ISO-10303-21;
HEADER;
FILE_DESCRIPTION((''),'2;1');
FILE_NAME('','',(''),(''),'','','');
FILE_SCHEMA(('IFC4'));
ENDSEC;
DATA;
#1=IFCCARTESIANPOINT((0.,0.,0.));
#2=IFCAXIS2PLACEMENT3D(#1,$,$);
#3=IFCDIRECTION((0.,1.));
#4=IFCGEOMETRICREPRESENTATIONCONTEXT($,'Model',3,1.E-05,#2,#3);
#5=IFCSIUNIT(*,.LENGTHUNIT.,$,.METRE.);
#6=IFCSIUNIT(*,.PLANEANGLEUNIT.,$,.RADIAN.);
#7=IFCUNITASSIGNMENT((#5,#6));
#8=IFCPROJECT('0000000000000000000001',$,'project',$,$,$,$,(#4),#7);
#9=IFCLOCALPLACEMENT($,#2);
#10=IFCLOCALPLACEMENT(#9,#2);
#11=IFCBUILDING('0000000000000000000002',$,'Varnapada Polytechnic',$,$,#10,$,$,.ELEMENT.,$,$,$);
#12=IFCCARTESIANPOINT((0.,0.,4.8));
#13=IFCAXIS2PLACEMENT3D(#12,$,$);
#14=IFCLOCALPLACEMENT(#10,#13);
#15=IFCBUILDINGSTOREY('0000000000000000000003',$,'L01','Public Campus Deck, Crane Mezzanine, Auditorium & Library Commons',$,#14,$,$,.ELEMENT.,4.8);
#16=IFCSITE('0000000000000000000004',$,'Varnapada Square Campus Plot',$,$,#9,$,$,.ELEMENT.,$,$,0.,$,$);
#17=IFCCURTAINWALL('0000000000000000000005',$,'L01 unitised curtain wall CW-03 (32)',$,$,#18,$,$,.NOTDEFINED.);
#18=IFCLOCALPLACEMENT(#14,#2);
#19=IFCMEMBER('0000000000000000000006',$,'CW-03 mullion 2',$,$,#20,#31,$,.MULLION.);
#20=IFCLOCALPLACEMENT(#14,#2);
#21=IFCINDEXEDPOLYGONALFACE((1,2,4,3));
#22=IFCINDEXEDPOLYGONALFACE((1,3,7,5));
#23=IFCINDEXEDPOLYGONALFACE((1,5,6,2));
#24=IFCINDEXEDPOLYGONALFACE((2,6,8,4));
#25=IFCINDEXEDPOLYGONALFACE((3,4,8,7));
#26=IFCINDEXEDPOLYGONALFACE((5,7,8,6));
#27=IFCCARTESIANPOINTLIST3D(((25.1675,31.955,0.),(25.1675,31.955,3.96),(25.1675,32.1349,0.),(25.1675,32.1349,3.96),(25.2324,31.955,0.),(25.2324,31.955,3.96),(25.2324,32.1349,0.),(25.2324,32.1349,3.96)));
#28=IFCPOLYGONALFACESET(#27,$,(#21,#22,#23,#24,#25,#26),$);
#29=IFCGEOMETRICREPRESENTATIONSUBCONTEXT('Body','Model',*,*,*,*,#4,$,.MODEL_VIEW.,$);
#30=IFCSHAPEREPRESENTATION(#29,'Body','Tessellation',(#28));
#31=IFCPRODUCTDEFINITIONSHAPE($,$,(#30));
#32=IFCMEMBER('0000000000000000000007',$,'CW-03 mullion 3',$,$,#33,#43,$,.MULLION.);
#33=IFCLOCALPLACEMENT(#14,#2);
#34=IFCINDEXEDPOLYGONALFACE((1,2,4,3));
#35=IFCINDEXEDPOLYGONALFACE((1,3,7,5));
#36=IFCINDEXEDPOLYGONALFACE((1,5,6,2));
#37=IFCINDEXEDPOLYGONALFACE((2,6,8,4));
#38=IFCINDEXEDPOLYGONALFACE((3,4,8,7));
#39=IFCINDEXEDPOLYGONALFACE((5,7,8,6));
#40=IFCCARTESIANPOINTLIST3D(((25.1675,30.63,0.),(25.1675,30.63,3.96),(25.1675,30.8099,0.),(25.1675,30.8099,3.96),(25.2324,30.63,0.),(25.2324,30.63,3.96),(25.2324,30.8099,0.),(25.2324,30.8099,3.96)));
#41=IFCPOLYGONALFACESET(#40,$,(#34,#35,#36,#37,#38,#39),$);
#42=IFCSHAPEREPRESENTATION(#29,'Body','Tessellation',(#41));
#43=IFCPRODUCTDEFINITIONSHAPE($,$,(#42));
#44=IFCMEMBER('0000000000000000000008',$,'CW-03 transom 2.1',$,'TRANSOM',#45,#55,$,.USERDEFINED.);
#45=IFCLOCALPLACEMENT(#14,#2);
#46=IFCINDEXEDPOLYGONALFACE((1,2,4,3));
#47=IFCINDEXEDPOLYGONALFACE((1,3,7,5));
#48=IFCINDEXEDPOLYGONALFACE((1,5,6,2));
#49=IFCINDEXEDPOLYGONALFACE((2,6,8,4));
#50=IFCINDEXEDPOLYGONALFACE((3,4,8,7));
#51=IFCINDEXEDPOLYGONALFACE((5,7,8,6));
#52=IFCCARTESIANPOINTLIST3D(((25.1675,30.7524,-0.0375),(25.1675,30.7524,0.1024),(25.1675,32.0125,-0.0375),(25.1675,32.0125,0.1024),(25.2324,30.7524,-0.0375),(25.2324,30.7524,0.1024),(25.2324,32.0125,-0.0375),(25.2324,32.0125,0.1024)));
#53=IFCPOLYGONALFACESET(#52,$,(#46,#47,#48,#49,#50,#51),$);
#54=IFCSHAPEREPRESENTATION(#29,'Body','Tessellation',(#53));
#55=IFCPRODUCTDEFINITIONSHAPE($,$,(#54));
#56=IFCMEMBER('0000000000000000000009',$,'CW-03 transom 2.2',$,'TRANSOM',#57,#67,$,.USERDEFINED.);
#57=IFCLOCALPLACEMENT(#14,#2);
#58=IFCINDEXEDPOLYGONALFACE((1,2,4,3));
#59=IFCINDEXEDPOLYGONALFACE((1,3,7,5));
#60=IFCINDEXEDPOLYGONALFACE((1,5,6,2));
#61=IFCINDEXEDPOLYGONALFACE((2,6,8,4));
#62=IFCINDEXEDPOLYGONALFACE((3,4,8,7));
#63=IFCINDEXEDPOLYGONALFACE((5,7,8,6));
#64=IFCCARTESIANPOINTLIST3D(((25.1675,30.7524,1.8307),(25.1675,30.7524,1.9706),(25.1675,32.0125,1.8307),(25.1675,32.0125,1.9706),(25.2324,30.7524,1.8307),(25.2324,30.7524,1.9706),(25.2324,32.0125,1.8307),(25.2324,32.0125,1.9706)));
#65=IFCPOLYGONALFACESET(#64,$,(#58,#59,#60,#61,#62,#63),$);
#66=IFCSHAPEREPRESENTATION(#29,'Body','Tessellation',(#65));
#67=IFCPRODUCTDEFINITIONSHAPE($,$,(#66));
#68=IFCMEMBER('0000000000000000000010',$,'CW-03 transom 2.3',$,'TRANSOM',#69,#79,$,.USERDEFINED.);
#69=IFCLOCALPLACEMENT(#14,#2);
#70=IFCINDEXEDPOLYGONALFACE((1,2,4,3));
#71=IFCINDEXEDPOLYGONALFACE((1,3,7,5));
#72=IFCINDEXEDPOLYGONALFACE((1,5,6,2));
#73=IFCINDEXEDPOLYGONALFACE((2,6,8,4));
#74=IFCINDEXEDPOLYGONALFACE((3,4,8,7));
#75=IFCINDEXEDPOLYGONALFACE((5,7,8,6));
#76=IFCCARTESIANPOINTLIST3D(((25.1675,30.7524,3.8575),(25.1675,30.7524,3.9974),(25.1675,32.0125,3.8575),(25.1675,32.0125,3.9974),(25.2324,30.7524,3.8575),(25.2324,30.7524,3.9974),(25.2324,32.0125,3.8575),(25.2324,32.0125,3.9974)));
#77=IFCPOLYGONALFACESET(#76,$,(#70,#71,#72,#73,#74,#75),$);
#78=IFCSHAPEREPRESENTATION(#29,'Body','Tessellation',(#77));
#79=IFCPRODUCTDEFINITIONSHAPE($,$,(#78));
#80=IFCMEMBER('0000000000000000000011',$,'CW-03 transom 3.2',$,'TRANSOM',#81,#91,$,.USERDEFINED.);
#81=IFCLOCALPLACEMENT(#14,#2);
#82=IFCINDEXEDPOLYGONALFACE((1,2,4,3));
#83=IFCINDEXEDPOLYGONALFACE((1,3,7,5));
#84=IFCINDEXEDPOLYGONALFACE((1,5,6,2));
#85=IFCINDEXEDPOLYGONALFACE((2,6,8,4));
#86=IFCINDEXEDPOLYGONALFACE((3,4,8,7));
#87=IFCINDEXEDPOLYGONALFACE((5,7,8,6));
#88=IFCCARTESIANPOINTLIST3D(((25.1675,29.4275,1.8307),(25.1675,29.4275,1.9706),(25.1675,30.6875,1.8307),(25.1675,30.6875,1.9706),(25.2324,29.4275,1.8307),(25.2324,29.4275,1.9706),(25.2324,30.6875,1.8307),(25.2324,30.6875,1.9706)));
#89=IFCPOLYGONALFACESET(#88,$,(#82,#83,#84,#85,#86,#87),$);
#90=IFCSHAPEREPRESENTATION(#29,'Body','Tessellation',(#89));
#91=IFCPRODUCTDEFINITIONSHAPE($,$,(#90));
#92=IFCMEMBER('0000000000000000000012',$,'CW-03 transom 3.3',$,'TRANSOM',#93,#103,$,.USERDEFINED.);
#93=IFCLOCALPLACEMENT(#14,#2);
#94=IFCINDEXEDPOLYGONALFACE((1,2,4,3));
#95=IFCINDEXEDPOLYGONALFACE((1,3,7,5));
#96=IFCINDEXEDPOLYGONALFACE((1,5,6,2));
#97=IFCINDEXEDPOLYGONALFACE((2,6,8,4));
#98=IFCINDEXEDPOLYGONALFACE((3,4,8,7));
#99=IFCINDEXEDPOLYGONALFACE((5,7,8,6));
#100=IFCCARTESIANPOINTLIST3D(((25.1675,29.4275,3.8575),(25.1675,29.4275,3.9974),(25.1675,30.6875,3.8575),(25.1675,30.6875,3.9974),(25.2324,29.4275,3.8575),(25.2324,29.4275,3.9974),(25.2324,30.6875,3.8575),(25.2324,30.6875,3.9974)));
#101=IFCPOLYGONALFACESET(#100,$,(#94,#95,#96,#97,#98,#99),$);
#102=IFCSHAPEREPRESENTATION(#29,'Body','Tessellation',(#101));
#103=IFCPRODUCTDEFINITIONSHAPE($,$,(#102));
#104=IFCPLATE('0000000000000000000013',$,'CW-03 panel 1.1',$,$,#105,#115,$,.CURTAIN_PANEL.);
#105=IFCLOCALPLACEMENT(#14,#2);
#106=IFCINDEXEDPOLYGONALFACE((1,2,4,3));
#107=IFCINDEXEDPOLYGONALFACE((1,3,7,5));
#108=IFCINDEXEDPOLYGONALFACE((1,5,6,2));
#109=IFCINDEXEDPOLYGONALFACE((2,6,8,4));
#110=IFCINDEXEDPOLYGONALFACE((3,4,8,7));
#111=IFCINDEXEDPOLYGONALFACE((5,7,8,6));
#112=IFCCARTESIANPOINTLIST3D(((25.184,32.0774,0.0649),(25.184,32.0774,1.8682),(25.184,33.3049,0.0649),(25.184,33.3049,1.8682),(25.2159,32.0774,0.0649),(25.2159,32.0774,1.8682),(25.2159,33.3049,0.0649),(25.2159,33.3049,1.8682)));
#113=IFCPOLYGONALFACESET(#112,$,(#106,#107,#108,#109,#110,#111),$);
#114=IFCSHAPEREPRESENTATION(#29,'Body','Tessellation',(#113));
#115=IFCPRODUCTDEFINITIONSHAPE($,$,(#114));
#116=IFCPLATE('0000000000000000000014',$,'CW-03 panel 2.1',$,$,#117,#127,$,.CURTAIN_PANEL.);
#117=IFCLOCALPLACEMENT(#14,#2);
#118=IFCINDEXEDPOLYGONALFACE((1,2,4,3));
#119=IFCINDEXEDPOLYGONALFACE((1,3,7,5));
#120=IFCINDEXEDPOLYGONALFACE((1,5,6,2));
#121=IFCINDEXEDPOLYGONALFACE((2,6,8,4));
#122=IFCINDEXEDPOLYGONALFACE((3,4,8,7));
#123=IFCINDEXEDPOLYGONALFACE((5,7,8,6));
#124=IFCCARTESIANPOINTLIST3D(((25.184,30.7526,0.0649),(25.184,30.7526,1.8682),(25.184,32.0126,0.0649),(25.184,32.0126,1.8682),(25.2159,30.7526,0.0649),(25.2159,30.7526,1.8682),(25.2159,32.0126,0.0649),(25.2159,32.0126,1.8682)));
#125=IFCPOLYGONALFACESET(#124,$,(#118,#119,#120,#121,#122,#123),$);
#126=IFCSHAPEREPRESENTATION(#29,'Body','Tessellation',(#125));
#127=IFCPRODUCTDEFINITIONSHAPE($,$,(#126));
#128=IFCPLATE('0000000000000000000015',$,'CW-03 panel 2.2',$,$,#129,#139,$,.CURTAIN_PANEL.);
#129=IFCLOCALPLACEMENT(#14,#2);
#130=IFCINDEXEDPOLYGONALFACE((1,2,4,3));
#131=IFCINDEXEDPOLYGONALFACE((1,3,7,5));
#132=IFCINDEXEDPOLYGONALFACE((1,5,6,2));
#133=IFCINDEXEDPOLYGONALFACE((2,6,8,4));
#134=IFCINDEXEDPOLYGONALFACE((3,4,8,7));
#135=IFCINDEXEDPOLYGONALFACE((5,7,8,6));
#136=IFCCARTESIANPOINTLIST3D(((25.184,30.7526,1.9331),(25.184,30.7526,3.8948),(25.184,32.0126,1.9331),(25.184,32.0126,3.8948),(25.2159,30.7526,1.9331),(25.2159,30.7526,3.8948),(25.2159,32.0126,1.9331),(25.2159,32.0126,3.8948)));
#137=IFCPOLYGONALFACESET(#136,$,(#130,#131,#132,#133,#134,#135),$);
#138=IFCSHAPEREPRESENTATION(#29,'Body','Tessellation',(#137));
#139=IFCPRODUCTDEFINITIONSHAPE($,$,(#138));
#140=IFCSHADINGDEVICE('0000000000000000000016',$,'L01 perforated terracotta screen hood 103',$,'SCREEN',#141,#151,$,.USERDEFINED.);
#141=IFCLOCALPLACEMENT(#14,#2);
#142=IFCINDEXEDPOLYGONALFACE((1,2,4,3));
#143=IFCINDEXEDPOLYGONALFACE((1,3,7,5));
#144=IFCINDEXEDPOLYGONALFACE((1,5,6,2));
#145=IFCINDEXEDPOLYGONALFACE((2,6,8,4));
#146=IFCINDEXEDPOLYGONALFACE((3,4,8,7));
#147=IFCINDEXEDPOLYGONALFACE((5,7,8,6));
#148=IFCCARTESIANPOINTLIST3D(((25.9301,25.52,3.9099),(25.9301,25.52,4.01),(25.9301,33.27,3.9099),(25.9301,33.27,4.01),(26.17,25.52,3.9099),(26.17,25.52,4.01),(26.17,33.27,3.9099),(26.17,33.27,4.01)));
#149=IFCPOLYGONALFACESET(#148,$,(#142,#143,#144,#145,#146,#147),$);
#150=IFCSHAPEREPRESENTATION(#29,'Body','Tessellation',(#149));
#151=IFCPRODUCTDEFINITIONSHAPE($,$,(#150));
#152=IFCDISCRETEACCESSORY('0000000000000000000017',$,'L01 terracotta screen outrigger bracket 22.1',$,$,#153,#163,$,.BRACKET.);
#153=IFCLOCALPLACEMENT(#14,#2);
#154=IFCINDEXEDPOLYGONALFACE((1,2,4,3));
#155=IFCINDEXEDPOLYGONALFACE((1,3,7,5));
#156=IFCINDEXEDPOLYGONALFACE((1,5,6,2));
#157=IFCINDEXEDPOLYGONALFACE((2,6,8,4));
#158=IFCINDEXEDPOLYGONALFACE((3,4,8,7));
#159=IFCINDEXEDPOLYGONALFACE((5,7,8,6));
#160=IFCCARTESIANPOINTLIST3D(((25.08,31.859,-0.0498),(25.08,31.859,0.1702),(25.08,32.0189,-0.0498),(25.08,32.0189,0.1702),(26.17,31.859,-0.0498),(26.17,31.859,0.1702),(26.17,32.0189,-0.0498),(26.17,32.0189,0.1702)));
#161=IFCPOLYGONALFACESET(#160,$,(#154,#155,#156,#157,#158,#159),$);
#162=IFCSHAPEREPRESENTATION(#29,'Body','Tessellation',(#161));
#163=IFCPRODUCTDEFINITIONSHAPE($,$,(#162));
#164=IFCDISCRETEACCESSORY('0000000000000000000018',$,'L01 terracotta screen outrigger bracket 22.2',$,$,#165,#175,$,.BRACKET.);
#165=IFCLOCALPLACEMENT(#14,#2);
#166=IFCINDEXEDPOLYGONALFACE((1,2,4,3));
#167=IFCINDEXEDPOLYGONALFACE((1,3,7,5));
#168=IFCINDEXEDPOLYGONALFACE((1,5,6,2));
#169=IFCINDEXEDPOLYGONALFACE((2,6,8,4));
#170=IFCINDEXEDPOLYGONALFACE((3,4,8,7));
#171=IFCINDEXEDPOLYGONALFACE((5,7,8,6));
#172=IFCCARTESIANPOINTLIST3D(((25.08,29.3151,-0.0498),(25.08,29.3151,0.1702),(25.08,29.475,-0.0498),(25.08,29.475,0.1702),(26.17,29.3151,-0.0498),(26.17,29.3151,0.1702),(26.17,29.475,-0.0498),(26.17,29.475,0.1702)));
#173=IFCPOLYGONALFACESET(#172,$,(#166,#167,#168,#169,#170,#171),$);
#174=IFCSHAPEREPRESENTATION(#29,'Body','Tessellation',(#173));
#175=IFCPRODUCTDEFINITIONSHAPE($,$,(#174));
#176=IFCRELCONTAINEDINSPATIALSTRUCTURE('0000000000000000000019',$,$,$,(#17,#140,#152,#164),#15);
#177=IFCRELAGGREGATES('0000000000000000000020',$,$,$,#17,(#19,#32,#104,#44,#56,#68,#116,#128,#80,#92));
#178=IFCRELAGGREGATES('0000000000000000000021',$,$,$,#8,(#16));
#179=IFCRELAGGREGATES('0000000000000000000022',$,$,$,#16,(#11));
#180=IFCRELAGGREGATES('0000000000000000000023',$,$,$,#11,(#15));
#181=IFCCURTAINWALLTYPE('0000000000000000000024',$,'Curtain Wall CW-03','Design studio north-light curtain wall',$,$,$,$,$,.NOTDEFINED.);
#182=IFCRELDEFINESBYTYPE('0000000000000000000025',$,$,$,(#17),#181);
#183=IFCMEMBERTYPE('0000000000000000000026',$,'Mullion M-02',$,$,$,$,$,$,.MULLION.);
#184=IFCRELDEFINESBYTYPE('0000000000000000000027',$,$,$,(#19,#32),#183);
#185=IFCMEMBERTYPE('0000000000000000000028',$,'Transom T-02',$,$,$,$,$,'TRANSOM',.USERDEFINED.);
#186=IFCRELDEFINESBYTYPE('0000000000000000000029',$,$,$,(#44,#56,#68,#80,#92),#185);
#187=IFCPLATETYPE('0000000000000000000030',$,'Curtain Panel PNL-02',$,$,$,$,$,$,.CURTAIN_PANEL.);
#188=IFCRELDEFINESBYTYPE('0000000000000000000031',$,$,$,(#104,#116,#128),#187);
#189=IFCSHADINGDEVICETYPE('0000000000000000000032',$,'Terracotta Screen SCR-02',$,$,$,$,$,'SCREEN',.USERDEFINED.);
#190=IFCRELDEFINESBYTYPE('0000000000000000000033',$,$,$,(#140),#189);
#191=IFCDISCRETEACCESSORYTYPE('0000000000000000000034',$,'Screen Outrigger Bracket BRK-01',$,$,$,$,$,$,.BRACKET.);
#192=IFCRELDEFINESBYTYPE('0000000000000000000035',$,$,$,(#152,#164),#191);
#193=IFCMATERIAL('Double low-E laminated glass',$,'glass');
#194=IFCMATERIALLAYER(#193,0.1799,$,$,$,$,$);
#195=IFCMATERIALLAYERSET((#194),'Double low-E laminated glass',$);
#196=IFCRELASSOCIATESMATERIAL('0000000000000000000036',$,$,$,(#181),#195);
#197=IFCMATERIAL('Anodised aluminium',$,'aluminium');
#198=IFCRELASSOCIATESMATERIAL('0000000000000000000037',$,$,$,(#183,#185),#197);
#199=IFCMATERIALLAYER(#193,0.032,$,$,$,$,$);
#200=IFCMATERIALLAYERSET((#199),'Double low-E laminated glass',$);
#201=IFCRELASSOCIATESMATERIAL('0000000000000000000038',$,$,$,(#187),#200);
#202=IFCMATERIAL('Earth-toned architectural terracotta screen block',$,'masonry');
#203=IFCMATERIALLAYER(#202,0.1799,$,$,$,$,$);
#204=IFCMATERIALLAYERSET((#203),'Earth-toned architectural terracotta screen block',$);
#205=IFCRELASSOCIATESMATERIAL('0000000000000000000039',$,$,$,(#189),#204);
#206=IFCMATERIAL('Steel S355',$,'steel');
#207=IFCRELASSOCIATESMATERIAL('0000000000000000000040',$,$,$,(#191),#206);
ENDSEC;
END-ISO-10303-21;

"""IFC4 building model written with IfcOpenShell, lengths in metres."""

from ifc_helpers import new_model, si_unit, direction, frame, origin, origin_2d, place, context, subcontext, project, spatial, rectangle, extrude, material, layer, layer_set, material_profile, profile_set, type_object, element, aggregate, save


model = new_model("IFC4")

# Units and contexts
model_context = context("Model", 3, precision=1e-05, world=origin(), true_north=direction((0.0, 1.0)))
body_context = subcontext(model_context, "Body", "Model", "MODEL_VIEW")
ifc_project = project(units=[si_unit("LENGTHUNIT", "METRE"), si_unit("PLANEANGLEUNIT", "RADIAN")], contexts=[model_context])

# Site, building, storey
site_placement = place(None, origin())
site = spatial("IfcSite", under=ifc_project, at=site_placement, Name="Varnapada Square Campus Plot", CompositionType="ELEMENT", RefElevation=0.0)
building_placement = place(site_placement, origin())
building = spatial("IfcBuilding", under=site, at=building_placement, Name="Varnapada Polytechnic", CompositionType="ELEMENT")
storey_placement = place(building_placement, frame((0.0, 0.0, 4.8)))
storey = spatial("IfcBuildingStorey", under=building, at=storey_placement, Name="L01", Description="Public Campus Deck, Crane Mezzanine, Auditorium & Library Commons", CompositionType="ELEMENT", Elevation=4.8)

# Curtain wall, members, plates
ifc_material_1 = material(Name="Double low-E laminated glass", Category="glass")
ifc_layer_1 = layer(ifc_material_1, 0.1799)
ifc_layer_set_1 = layer_set([ifc_layer_1], Name="Double low-E laminated glass")
curtain_wall_type = type_object("IfcCurtainWallType", Name="Curtain Wall CW-03", Description="Design studio north-light curtain wall", PredefinedType="NOTDEFINED", material=ifc_layer_set_1)
curtain_wall_placement = place(storey_placement, origin())
curtain_wall = element("IfcCurtainWall", 1, at=curtain_wall_placement, inside=storey, type_object=curtain_wall_type, Name="L01 unitised curtain wall CW-03 (32)", PredefinedType="NOTDEFINED")
ifc_material_2 = material(Name="Anodised aluminium", Category="aluminium")
ifc_material_profile_1 = material_profile(ifc_material_2, rectangle(XDim=0.0649, YDim=0.1799, at=origin_2d()), Name="ALU M65x180")
ifc_profile_set_1 = profile_set([ifc_material_profile_1], Name="Anodised aluminium")
member_type_1 = type_object("IfcMemberType", Name="Mullion M-02", PredefinedType="MULLION", material=ifc_profile_set_1)
member_1_placement = place(storey_placement, frame((25.2, 32.0449, 0.0), z_axis=(0.0, 0.0, 1.0), x_axis=(1.0, 0.0, 0.0)))
member_1 = element("IfcMember", 2, at=member_1_placement, type_object=member_type_1, Name="CW-03 mullion 2", PredefinedType="MULLION", context=body_context, shape_type="SweptSolid", body=[
    extrude(rectangle(XDim=0.0649, YDim=0.1799, at=origin_2d()), origin(), (0.0, 0.0, 1.0), 3.96),
])
member_2_placement = place(storey_placement, frame((25.2, 30.72, 0.0), z_axis=(0.0, 0.0, 1.0), x_axis=(1.0, 0.0, 0.0)))
member_2 = element("IfcMember", 3, at=member_2_placement, type_object=member_type_1, Name="CW-03 mullion 3", PredefinedType="MULLION", context=body_context, shape_type="SweptSolid", body=[
    extrude(rectangle(XDim=0.0649, YDim=0.1799, at=origin_2d()), origin(), (0.0, 0.0, 1.0), 3.96),
])
ifc_material_profile_2 = material_profile(ifc_material_2, rectangle(XDim=0.0649, YDim=0.1399, at=origin_2d()), Name="ALU T65x140")
ifc_profile_set_2 = profile_set([ifc_material_profile_2], Name="Anodised aluminium")
member_type_2 = type_object("IfcMemberType", Name="Transom T-02", ElementType="TRANSOM", PredefinedType="USERDEFINED", material=ifc_profile_set_2)
member_3_placement = place(storey_placement, frame((25.2, 32.0125, 0.0325), z_axis=(0.0, -1.0, 0.0), x_axis=(1.0, 0.0, 0.0)))
member_3 = element("IfcMember", 4, at=member_3_placement, type_object=member_type_2, Name="CW-03 transom 2.1", ObjectType="TRANSOM", PredefinedType="USERDEFINED", context=body_context, shape_type="SweptSolid", body=[
    extrude(rectangle(XDim=0.0649, YDim=0.1399, at=origin_2d()), origin(), (0.0, 0.0, 1.0), 1.26),
])
member_4_placement = place(storey_placement, frame((25.2, 32.0125, 1.9006), z_axis=(0.0, -1.0, 0.0), x_axis=(1.0, 0.0, 0.0)))
member_4 = element("IfcMember", 5, at=member_4_placement, type_object=member_type_2, Name="CW-03 transom 2.2", ObjectType="TRANSOM", PredefinedType="USERDEFINED", context=body_context, shape_type="SweptSolid", body=[
    extrude(rectangle(XDim=0.0649, YDim=0.1399, at=origin_2d()), origin(), (0.0, 0.0, 1.0), 1.26),
])
member_5_placement = place(storey_placement, frame((25.2, 32.0125, 3.9275), z_axis=(0.0, -1.0, 0.0), x_axis=(1.0, 0.0, 0.0)))
member_5 = element("IfcMember", 6, at=member_5_placement, type_object=member_type_2, Name="CW-03 transom 2.3", ObjectType="TRANSOM", PredefinedType="USERDEFINED", context=body_context, shape_type="SweptSolid", body=[
    extrude(rectangle(XDim=0.0649, YDim=0.1399, at=origin_2d()), origin(), (0.0, 0.0, 1.0), 1.26),
])
member_6_placement = place(storey_placement, frame((25.2, 30.6875, 1.9006), z_axis=(0.0, -1.0, 0.0), x_axis=(1.0, 0.0, 0.0)))
member_6 = element("IfcMember", 7, at=member_6_placement, type_object=member_type_2, Name="CW-03 transom 3.2", ObjectType="TRANSOM", PredefinedType="USERDEFINED", context=body_context, shape_type="SweptSolid", body=[
    extrude(rectangle(XDim=0.0649, YDim=0.1399, at=origin_2d()), origin(), (0.0, 0.0, 1.0), 1.26),
])
member_7_placement = place(storey_placement, frame((25.2, 30.6875, 3.9275), z_axis=(0.0, -1.0, 0.0), x_axis=(1.0, 0.0, 0.0)))
member_7 = element("IfcMember", 8, at=member_7_placement, type_object=member_type_2, Name="CW-03 transom 3.3", ObjectType="TRANSOM", PredefinedType="USERDEFINED", context=body_context, shape_type="SweptSolid", body=[
    extrude(rectangle(XDim=0.0649, YDim=0.1399, at=origin_2d()), origin(), (0.0, 0.0, 1.0), 1.26),
])
ifc_layer_2 = layer(ifc_material_1, 0.032)
ifc_layer_set_2 = layer_set([ifc_layer_2], Name="Double low-E laminated glass")
plate_type = type_object("IfcPlateType", Name="Curtain Panel PNL-02", PredefinedType="CURTAIN_PANEL", material=ifc_layer_set_2)
plate_1_placement = place(storey_placement, frame((25.2, 32.6912, 0.0649), z_axis=(0.0, 0.0, 1.0), x_axis=(0.0, -1.0, 0.0)))
plate_1 = element("IfcPlate", 9, at=plate_1_placement, type_object=plate_type, Name="CW-03 panel 1.1", PredefinedType="CURTAIN_PANEL", context=body_context, shape_type="SweptSolid", body=[
    extrude(rectangle(XDim=1.2275, YDim=0.032, at=origin_2d()), origin(), (0.0, 0.0, 1.0), 1.8032),
])
plate_2_placement = place(storey_placement, frame((25.2, 31.3826, 0.0649), z_axis=(0.0, 0.0, 1.0), x_axis=(0.0, -1.0, 0.0)))
plate_2 = element("IfcPlate", 10, at=plate_2_placement, type_object=plate_type, Name="CW-03 panel 2.1", PredefinedType="CURTAIN_PANEL", context=body_context, shape_type="SweptSolid", body=[
    extrude(rectangle(XDim=1.26, YDim=0.032, at=origin_2d()), origin(), (0.0, 0.0, 1.0), 1.8032),
])
plate_3_placement = place(storey_placement, frame((25.2, 31.3826, 1.9331), z_axis=(0.0, 0.0, 1.0), x_axis=(0.0, -1.0, 0.0)))
plate_3 = element("IfcPlate", 11, at=plate_3_placement, type_object=plate_type, Name="CW-03 panel 2.2", PredefinedType="CURTAIN_PANEL", context=body_context, shape_type="SweptSolid", body=[
    extrude(rectangle(XDim=1.26, YDim=0.032, at=origin_2d()), origin(), (0.0, 0.0, 1.0), 1.9617),
])
aggregate(curtain_wall, [member_1, member_2, plate_1, member_3, member_4, member_5, plate_2, plate_3, member_6, member_7])

# Shading device
ifc_material_3 = material(Name="Earth-toned architectural terracotta screen block", Category="masonry")
ifc_layer_3 = layer(ifc_material_3, 0.1799)
ifc_layer_set_3 = layer_set([ifc_layer_3], Name="Earth-toned architectural terracotta screen block")
shading_device_type = type_object("IfcShadingDeviceType", Name="Terracotta Screen SCR-02", ElementType="SCREEN", PredefinedType="USERDEFINED", material=ifc_layer_set_3)
shading_device_placement = place(storey_placement, frame((26.05, 29.395, 3.9099), z_axis=(0.0, 0.0, 1.0), x_axis=(0.0, -1.0, 0.0)))
element("IfcShadingDevice", 12, at=shading_device_placement, inside=storey, type_object=shading_device_type, Name="L01 perforated terracotta screen hood 103", ObjectType="SCREEN", PredefinedType="USERDEFINED", context=body_context, shape_type="SweptSolid", body=[
    extrude(rectangle(XDim=7.75, YDim=0.24, at=origin_2d()), origin(), (0.0, 0.0, 1.0), 0.1001),
])

# Discrete accessories
ifc_material_4 = material(Name="Steel S355", Category="steel")
discrete_accessory_type = type_object("IfcDiscreteAccessoryType", Name="Screen Outrigger Bracket BRK-01", PredefinedType="BRACKET", material=ifc_material_4)
for number, where, z_axis, x_axis, name in (
    (13, (25.625, 31.939, -0.0498), (0.0, 0.0, 1.0), (0.0, -1.0, 0.0), "L01 terracotta screen outrigger bracket 22.1"),
    (14, (25.625, 29.395, -0.0498), (0.0, 0.0, 1.0), (0.0, -1.0, 0.0), "L01 terracotta screen outrigger bracket 22.2"),
):
    element("IfcDiscreteAccessory", number, at=place(storey_placement, frame(where, z_axis=z_axis, x_axis=x_axis)), inside=storey, type_object=discrete_accessory_type, Name=name, PredefinedType="BRACKET", context=body_context, shape_type="SweptSolid", body=[
        extrude(rectangle(XDim=0.1599, YDim=1.0901, at=origin_2d()), origin(), (0.0, 0.0, 1.0), 0.22),
    ])

save(model, "model.ifc")
